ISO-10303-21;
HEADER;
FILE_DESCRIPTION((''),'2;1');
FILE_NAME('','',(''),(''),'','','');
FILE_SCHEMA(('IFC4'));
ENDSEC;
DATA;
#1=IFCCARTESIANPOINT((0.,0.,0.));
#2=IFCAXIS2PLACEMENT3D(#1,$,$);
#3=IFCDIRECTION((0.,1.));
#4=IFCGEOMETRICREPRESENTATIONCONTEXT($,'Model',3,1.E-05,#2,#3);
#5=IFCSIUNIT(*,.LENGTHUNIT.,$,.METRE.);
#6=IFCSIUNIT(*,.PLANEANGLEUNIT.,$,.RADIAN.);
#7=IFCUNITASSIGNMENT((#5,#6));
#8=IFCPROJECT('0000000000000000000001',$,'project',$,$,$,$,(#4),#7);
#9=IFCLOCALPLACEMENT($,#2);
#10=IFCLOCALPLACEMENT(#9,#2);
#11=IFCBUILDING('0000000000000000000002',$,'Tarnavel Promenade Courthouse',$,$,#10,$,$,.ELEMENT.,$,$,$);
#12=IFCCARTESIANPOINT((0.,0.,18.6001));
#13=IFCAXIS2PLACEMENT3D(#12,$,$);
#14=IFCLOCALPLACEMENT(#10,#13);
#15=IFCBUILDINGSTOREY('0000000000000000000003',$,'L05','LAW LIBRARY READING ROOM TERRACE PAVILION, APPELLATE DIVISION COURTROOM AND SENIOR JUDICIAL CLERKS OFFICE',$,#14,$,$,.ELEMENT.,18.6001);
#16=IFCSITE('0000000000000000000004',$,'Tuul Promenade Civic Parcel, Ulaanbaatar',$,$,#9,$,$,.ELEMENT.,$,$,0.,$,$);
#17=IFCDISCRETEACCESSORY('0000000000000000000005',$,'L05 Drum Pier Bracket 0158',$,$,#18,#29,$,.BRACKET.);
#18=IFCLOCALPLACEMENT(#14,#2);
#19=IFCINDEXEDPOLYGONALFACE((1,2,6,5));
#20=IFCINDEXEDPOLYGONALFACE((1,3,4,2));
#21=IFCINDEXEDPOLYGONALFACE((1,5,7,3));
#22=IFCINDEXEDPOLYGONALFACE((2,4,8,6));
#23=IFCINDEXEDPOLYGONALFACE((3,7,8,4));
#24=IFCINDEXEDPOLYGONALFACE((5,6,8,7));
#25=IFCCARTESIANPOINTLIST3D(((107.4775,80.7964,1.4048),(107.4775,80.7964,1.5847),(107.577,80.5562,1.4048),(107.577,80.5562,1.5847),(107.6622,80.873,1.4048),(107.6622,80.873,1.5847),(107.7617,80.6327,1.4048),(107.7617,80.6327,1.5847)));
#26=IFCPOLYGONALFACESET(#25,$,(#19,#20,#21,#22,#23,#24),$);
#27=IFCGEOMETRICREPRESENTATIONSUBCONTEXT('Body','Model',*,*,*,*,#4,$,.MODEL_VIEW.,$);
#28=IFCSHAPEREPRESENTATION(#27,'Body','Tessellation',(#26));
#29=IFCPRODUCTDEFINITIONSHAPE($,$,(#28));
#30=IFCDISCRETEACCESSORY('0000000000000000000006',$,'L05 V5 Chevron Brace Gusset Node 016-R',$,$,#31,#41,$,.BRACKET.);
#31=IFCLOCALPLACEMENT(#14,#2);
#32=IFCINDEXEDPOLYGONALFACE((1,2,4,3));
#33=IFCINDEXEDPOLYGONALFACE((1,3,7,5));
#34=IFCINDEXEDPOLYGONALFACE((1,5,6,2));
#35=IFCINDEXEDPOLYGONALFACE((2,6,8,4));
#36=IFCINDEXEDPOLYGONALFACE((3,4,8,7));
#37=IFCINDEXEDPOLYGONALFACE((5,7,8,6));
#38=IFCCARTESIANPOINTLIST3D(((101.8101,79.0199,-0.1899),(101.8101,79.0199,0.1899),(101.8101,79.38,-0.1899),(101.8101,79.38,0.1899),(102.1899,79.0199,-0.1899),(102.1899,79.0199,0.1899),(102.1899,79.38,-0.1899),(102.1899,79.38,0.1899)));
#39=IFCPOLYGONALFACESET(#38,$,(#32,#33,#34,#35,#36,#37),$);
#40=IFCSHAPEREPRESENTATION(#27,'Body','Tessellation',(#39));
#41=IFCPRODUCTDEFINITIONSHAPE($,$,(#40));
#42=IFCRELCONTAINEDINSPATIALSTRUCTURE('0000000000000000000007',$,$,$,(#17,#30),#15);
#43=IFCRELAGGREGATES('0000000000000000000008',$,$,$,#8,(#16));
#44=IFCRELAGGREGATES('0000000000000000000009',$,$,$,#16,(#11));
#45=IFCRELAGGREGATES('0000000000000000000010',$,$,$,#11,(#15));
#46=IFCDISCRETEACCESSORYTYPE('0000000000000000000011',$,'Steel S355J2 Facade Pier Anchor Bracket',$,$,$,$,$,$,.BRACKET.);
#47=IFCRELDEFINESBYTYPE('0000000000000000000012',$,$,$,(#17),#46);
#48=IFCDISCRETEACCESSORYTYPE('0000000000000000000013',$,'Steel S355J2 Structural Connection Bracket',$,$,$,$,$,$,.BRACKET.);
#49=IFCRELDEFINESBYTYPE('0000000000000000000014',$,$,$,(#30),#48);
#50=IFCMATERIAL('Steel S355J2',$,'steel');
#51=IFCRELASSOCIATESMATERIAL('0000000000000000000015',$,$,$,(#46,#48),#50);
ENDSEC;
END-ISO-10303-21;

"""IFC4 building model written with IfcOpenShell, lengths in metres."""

from ifc_helpers import new_model, si_unit, direction, frame, origin, origin_2d, place, context, subcontext, project, spatial, rectangle, extrude, material, type_object, element, save


model = new_model("IFC4")

# Units and contexts
model_context = context("Model", 3, precision=1e-05, world=origin(), true_north=direction((0.0, 1.0)))
body_context = subcontext(model_context, "Body", "Model", "MODEL_VIEW")
ifc_project = project(units=[si_unit("LENGTHUNIT", "METRE"), si_unit("PLANEANGLEUNIT", "RADIAN")], contexts=[model_context])

# Site, building, storey
site_placement = place(None, origin())
site = spatial("IfcSite", under=ifc_project, at=site_placement, Name="Tuul Promenade Civic Parcel, Ulaanbaatar", CompositionType="ELEMENT", RefElevation=0.0)
building_placement = place(site_placement, origin())
building = spatial("IfcBuilding", under=site, at=building_placement, Name="Tarnavel Promenade Courthouse", CompositionType="ELEMENT")
storey_placement = place(building_placement, frame((0.0, 0.0, 18.6001)))
storey = spatial("IfcBuildingStorey", under=building, at=storey_placement, Name="L05", Description="LAW LIBRARY READING ROOM TERRACE PAVILION, APPELLATE DIVISION COURTROOM AND SENIOR JUDICIAL CLERKS OFFICE", CompositionType="ELEMENT", Elevation=18.6001)

# Shared definitions
ifc_material_1 = material(Name="Steel S355J2", Category="steel")

# Discrete accessories
discrete_accessory_type_1 = type_object("IfcDiscreteAccessoryType", Name="Steel S355J2 Facade Pier Anchor Bracket", PredefinedType="BRACKET", material=ifc_material_1)
for number, where, z_axis, x_axis, name in (
    (1, (107.6196, 80.7146, 1.4048), (0.0, 0.0, 1.0), (0.92388, 0.382683, 0.0), "L05 Drum Pier Bracket 0158"),
):
    element("IfcDiscreteAccessory", number, at=place(storey_placement, frame(where, z_axis=z_axis, x_axis=x_axis)), inside=storey, type_object=discrete_accessory_type_1, Name=name, PredefinedType="BRACKET", context=body_context, shape_type="SweptSolid", body=[
        extrude(rectangle(XDim=0.2, YDim=0.26, at=origin_2d()), origin(), (0.0, 0.0, 1.0), 0.1799),
    ])
discrete_accessory_type_2 = type_object("IfcDiscreteAccessoryType", Name="Steel S355J2 Structural Connection Bracket", PredefinedType="BRACKET", material=ifc_material_1)
discrete_accessory_placement = place(storey_placement, frame((102.0, 79.2, -0.1899), z_axis=(0.0, 0.0, 1.0), x_axis=(1.0, 0.0, 0.0)))
element("IfcDiscreteAccessory", 2, at=discrete_accessory_placement, inside=storey, type_object=discrete_accessory_type_2, Name="L05 V5 Chevron Brace Gusset Node 016-R", PredefinedType="BRACKET", context=body_context, shape_type="SweptSolid", body=[
    extrude(rectangle(XDim=0.3799, YDim=0.3601, at=origin_2d()), origin(), (0.0, 0.0, 1.0), 0.3799),
])

save(model, "model.ifc")
